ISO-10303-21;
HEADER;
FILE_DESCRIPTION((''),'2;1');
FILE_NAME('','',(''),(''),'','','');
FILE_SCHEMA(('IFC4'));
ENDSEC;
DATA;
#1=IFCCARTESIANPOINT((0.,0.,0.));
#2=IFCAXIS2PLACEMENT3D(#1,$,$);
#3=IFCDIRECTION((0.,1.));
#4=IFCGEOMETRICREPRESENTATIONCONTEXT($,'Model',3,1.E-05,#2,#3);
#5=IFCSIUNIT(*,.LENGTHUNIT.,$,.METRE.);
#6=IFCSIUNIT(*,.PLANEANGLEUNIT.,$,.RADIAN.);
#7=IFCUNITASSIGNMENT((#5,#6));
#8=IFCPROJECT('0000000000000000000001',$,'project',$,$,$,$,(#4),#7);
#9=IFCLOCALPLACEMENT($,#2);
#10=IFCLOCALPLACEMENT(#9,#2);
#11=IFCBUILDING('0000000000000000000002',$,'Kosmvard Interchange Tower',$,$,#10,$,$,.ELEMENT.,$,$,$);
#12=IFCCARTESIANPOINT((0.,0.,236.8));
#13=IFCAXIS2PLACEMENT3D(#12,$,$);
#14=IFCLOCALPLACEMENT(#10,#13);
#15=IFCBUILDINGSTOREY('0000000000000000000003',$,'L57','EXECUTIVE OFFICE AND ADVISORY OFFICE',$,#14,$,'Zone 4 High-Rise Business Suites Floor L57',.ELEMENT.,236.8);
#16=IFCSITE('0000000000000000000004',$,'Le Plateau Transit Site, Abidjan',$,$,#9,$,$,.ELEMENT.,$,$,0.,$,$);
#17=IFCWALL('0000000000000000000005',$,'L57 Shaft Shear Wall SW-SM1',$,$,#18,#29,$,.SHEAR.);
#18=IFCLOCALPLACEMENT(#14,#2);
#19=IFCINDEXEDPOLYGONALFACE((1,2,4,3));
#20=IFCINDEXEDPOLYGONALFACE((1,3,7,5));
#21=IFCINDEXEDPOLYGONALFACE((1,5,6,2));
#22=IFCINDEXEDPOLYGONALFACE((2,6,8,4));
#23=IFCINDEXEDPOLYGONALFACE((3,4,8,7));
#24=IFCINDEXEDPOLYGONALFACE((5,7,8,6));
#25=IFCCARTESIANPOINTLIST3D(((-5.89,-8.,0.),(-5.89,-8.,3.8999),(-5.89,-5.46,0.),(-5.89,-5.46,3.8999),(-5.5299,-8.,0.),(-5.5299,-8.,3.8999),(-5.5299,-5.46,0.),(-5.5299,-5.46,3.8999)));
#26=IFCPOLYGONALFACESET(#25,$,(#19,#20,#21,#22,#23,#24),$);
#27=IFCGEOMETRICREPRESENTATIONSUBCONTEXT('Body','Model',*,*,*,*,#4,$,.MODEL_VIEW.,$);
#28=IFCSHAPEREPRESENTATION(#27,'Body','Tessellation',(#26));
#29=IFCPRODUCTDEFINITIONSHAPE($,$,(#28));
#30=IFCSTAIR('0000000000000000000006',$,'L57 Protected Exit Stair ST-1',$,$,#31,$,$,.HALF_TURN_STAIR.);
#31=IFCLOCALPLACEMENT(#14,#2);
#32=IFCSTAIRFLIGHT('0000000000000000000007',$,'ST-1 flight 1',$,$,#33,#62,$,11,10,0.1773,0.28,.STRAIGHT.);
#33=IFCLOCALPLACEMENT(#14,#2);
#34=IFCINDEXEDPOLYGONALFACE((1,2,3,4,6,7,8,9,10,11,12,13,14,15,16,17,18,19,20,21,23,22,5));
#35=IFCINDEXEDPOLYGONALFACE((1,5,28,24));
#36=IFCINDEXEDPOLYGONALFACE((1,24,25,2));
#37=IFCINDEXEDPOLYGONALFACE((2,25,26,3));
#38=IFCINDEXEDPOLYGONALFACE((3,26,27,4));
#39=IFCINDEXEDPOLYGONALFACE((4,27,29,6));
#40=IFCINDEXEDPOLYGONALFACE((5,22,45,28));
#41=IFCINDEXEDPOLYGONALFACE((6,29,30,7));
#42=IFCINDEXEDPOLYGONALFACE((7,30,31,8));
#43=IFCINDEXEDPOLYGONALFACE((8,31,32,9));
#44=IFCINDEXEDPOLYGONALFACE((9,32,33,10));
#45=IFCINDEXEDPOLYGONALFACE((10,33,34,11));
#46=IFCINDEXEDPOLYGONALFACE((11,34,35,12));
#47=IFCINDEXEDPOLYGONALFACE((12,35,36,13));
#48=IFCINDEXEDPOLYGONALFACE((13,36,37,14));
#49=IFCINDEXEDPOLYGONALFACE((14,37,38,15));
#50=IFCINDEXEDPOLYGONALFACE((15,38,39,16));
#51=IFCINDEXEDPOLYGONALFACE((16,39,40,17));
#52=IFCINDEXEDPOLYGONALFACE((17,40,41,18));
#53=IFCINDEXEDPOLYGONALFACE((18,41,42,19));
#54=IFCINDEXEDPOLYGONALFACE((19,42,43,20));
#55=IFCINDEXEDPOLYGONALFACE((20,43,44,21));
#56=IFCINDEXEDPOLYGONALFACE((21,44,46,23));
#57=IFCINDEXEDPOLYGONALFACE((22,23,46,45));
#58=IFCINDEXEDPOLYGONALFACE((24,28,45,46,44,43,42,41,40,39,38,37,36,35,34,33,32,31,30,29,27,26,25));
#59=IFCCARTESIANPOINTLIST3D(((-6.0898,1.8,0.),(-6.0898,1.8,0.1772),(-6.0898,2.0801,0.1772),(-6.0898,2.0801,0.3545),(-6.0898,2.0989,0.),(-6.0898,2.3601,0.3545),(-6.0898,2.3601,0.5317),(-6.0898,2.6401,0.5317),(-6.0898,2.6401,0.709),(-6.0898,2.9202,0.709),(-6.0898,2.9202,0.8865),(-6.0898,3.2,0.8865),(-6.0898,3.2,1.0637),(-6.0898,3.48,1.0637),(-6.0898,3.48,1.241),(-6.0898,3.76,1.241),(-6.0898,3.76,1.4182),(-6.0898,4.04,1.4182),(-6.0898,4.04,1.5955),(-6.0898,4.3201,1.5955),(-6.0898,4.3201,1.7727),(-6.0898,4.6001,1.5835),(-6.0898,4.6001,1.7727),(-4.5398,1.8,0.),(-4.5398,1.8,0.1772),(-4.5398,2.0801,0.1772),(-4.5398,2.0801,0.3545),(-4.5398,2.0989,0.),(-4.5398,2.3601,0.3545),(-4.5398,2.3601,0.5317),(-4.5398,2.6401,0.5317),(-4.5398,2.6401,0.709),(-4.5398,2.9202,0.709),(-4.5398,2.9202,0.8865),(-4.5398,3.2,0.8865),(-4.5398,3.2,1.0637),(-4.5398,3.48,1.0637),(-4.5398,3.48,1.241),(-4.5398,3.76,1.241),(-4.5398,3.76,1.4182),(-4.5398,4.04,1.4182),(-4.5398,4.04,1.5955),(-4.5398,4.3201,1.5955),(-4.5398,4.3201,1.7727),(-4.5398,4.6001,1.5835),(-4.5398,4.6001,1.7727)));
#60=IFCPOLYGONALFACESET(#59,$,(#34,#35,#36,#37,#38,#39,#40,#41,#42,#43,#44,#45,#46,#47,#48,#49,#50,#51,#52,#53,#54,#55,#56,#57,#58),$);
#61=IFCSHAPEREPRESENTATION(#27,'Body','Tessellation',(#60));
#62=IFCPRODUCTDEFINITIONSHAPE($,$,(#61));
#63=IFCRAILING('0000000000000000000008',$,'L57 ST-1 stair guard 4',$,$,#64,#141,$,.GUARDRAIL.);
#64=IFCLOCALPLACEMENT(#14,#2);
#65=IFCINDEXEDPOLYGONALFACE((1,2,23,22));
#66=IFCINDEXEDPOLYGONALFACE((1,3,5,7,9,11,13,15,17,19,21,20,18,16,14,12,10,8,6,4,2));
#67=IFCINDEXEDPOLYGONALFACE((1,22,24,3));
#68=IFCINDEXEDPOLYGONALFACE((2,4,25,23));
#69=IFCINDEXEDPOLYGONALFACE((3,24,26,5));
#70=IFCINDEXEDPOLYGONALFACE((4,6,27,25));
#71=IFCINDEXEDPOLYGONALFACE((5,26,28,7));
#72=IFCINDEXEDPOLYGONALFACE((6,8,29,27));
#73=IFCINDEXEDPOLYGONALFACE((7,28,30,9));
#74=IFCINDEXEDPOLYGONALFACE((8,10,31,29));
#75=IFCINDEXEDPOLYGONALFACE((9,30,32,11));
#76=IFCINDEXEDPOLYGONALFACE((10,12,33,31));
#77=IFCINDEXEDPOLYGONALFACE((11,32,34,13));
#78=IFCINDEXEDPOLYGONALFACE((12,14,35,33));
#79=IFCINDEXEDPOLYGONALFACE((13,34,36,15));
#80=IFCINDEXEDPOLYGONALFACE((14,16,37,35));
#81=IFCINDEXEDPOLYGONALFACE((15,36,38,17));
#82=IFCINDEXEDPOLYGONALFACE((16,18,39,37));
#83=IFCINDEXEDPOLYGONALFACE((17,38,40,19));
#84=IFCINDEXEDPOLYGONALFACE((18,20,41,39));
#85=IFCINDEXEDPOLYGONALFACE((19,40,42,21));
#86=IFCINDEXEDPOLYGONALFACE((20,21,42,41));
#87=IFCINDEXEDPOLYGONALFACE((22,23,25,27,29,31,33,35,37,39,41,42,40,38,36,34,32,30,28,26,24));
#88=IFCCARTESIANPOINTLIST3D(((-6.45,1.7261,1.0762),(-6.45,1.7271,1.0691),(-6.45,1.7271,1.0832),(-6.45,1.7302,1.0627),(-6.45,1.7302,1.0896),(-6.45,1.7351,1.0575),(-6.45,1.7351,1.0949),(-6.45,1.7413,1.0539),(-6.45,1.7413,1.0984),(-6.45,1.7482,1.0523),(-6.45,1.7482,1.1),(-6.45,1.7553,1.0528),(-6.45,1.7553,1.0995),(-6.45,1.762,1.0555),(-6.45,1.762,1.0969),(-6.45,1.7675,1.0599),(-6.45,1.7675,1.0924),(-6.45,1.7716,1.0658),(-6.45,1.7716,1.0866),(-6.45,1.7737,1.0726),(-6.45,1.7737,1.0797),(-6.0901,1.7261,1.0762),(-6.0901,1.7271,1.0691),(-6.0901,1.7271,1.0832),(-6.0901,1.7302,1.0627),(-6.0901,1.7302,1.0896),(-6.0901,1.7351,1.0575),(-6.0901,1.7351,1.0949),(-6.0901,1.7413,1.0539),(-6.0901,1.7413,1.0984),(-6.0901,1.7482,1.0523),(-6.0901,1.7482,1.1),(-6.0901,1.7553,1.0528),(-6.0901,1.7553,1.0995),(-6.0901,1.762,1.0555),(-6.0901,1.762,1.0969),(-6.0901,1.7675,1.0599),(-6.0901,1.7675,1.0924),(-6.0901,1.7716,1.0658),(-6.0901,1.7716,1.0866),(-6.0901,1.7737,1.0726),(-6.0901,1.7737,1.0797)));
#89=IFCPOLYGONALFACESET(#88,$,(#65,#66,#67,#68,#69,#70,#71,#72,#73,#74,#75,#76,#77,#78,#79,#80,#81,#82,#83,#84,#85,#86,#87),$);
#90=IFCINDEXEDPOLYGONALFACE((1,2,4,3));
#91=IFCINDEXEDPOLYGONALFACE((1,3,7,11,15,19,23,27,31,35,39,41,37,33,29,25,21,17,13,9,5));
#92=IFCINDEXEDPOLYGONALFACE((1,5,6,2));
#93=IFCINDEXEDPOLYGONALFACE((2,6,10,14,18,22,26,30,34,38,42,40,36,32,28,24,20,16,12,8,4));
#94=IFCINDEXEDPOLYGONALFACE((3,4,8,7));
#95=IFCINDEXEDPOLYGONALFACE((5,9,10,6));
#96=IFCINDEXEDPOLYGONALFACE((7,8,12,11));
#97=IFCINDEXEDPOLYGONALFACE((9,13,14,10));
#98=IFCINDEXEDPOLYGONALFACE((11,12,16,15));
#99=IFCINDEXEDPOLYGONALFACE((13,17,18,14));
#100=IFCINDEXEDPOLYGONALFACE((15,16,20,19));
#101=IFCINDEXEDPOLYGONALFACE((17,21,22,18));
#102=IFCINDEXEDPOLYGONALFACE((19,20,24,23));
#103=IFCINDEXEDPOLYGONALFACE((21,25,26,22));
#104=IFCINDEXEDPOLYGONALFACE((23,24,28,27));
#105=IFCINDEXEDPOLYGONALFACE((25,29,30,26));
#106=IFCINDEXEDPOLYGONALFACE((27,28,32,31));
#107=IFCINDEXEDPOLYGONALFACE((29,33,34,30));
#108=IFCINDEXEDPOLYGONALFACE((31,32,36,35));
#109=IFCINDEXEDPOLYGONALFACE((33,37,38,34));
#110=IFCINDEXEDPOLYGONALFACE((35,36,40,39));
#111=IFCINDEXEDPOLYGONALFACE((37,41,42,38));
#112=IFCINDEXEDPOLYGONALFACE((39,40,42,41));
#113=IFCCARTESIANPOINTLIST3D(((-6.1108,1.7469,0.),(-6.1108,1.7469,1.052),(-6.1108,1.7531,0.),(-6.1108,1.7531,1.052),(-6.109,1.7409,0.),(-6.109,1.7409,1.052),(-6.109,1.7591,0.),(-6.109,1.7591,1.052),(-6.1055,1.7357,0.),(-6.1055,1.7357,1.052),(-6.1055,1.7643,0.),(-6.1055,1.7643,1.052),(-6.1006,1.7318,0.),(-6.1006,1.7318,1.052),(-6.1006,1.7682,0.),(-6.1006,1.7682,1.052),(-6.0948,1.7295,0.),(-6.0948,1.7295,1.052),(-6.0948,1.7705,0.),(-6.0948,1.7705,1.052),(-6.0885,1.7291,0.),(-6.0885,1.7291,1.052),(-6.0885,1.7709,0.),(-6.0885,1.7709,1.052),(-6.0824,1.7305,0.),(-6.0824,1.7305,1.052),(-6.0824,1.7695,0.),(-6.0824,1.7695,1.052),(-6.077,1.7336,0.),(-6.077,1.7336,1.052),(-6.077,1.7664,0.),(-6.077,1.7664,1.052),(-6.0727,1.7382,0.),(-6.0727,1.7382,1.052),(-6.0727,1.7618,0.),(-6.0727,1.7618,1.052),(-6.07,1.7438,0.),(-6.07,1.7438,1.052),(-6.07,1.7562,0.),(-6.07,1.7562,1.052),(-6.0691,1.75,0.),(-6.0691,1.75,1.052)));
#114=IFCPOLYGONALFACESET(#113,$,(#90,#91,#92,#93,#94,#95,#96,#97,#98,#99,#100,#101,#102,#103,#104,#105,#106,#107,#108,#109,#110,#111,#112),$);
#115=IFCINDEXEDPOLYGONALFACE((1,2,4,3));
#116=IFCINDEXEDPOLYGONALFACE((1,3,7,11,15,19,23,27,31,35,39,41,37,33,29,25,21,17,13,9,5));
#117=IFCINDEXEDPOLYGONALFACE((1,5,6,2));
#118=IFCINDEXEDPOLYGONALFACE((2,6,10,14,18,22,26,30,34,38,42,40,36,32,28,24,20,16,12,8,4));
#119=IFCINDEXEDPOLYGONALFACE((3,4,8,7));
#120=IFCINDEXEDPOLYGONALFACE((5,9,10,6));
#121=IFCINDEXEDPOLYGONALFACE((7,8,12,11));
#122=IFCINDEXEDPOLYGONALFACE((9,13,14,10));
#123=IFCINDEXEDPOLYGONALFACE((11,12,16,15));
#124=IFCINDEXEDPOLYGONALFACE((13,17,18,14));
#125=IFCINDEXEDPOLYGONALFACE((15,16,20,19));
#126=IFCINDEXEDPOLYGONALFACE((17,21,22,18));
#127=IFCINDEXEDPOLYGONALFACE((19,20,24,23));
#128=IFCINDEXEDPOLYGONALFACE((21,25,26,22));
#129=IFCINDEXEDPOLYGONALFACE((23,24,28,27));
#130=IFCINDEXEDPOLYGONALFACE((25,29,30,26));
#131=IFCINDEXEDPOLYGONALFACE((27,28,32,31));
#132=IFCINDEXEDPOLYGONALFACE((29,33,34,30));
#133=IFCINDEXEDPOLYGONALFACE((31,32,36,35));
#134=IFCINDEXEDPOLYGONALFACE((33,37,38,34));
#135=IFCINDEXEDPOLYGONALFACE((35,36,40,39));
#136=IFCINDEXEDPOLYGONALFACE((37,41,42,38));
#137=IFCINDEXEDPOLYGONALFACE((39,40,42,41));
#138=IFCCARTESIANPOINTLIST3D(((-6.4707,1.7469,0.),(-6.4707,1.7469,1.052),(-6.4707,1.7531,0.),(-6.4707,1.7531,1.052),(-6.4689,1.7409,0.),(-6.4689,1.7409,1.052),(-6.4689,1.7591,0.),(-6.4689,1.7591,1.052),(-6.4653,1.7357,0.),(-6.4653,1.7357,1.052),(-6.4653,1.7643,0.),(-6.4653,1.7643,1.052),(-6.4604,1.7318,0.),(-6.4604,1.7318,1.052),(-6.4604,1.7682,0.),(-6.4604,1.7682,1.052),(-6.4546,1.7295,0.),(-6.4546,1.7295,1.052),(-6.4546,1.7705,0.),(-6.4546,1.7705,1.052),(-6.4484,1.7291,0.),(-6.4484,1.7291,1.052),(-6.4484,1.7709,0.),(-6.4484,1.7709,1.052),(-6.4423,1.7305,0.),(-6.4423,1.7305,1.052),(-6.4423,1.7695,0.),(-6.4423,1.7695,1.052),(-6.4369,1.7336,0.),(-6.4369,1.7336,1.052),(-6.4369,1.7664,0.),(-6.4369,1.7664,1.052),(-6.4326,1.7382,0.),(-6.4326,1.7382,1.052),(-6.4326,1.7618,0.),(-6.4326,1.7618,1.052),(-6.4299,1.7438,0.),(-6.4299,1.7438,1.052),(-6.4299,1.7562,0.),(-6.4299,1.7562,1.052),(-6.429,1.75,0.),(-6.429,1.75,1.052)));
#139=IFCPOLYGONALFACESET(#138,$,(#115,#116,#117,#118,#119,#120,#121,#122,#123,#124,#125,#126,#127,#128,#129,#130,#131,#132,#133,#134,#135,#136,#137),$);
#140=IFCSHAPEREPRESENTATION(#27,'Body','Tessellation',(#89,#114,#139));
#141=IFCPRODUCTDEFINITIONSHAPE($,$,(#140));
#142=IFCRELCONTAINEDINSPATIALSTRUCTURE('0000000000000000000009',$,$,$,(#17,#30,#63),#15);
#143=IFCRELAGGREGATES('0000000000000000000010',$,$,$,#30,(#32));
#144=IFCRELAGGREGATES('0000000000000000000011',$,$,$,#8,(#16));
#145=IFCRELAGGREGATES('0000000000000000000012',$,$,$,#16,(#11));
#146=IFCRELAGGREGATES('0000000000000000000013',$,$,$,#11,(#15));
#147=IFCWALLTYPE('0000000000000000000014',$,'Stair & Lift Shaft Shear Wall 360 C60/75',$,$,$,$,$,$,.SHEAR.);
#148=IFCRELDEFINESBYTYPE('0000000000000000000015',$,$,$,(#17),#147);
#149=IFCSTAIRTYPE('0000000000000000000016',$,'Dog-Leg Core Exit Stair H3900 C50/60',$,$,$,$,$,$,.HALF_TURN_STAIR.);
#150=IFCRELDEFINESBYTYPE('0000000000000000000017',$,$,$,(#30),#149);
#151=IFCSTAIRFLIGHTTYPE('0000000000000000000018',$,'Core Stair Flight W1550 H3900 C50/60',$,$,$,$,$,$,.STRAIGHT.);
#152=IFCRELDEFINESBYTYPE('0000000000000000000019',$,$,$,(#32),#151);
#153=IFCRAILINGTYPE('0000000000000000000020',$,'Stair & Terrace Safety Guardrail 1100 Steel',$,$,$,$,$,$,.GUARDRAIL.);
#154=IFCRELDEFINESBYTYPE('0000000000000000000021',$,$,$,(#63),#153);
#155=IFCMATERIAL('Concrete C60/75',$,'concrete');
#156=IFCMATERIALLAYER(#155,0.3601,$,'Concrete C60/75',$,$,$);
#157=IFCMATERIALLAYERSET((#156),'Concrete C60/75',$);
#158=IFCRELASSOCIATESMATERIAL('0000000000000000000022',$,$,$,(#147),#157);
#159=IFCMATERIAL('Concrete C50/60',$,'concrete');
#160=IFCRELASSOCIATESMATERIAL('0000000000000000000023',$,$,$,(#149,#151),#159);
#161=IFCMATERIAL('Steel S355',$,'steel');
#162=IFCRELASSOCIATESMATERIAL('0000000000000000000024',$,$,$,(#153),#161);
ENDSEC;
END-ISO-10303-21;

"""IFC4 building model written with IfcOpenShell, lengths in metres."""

from ifc_helpers import new_model, si_unit, direction, frame, frame_2d, origin, origin_2d, place, context, subcontext, project, spatial, polyline, rectangle, circle, outline, extrude, source, transform, mapped, material, layer, layer_set, type_object, element, aggregate, save


model = new_model("IFC4")

# Units and contexts
model_context = context("Model", 3, precision=1e-05, world=origin(), true_north=direction((0.0, 1.0)))
body_context = subcontext(model_context, "Body", "Model", "MODEL_VIEW")
ifc_project = project(units=[si_unit("LENGTHUNIT", "METRE"), si_unit("PLANEANGLEUNIT", "RADIAN")], contexts=[model_context])

# Site, building, storey
site_placement = place(None, origin())
site = spatial("IfcSite", under=ifc_project, at=site_placement, Name="Le Plateau Transit Site, Abidjan", CompositionType="ELEMENT", RefElevation=0.0)
building_placement = place(site_placement, origin())
building = spatial("IfcBuilding", under=site, at=building_placement, Name="Kosmvard Interchange Tower", CompositionType="ELEMENT")
storey_placement = place(building_placement, frame((0.0, 0.0, 236.8)))
storey = spatial("IfcBuildingStorey", under=building, at=storey_placement, Name="L57", Description="EXECUTIVE OFFICE AND ADVISORY OFFICE", LongName="Zone 4 High-Rise Business Suites Floor L57", CompositionType="ELEMENT", Elevation=236.8)

# Shared definitions
ifc_material_1 = material(Name="Concrete C60/75", Category="concrete")

# Shared definitions
ifc_material_2 = material(Name="Concrete C50/60", Category="concrete")

# Shared definitions
ifc_layer_1 = layer(ifc_material_1, 0.3601, Name="Concrete C60/75")
ifc_layer_set_1 = layer_set([ifc_layer_1], Name="Concrete C60/75")
wall_type_1 = type_object("IfcWallType", Name="Stair & Lift Shaft Shear Wall 360 C60/75", PredefinedType="SHEAR", material=ifc_layer_set_1)

# Wall
wall_1_placement = place(storey_placement, frame((-5.71, -8.0, 0.0), z_axis=(0.0, 0.0, 1.0), x_axis=(0.0, 1.0, 0.0)))
element("IfcWall", 1, at=wall_1_placement, inside=storey, type_object=wall_type_1, Name="L57 Shaft Shear Wall SW-SM1", PredefinedType="SHEAR", context=body_context, shape_type="SweptSolid", body=[
    extrude(rectangle(XDim=2.54, YDim=0.3601, at=frame_2d((1.27, 0.0))), origin(), (0.0, 0.0, 1.0), 3.8999),
])

# Stair, stair flight
stair_type = type_object("IfcStairType", Name="Dog-Leg Core Exit Stair H3900 C50/60", PredefinedType="HALF_TURN_STAIR", material=ifc_material_2)
stair_placement = place(storey_placement, origin())
stair = element("IfcStair", 2, at=stair_placement, inside=storey, type_object=stair_type, Name="L57 Protected Exit Stair ST-1", PredefinedType="HALF_TURN_STAIR")
stair_flight_type = type_object("IfcStairFlightType", Name="Core Stair Flight W1550 H3900 C50/60", PredefinedType="STRAIGHT", material=ifc_material_2)
shared_shape_1 = source(origin(), body_context, "Body", "SweptSolid", [
    extrude(outline(polyline([(0.0, 0.0), (0.0, 0.1772), (0.28, 0.1772), (0.28, 0.3545), (0.5601, 0.3545), (0.5601, 0.5317), (0.8401, 0.5317), (0.8401, 0.709), (1.1201, 0.709), (1.1201, 0.8865), (1.3999, 0.8865), (1.3999, 1.0637), (1.6799, 1.0637), (1.6799, 1.241), (1.96, 1.241), (1.96, 1.4182), (2.24, 1.4182), (2.24, 1.5955), (2.52, 1.5955), (2.52, 1.7727), (2.8, 1.7727), (2.8, 1.95), (2.8, 1.5835), (0.2988, 0.0), (0.0, 0.0)])), frame((0.0, 0.7749, 0.0), z_axis=(0.0, -1.0, 0.0), x_axis=(1.0, 0.0, 0.0)), (0.0, 0.0, 1.0), 1.55),
])
stair_flight_placement = place(storey_placement, frame((-5.3149, 1.8, 0.0), z_axis=(0.0, 0.0, 1.0), x_axis=(0.0, 1.0, 0.0)))
stair_flight = element("IfcStairFlight", 3, at=stair_flight_placement, type_object=stair_flight_type, Name="ST-1 flight 1", NumberOfRisers=11, NumberOfTreads=10, PredefinedType="STRAIGHT", RiserHeight=0.1773, TreadLength=0.28, context=body_context, shape_type="MappedRepresentation", body=[
    mapped(shared_shape_1, transform((0.0, 0.0, 0.0), scale=1.0)),
])
aggregate(stair, [stair_flight])

# Railing
ifc_material_3 = material(Name="Steel S355", Category="steel")
railing_type = type_object("IfcRailingType", Name="Stair & Terrace Safety Guardrail 1100 Steel", PredefinedType="GUARDRAIL", material=ifc_material_3)
shared_shape_2 = source(origin(), body_context, "Body", "SweptSolid", [
    extrude(circle(Radius=0.0239, at=origin_2d()), frame((0.0, 0.0, 1.0762), z_axis=(-1.0, 0.0, 0.0), x_axis=(0.0, -1.0, 0.0)), (0.0, 0.0, 1.0), 0.3599),
    extrude(circle(Radius=0.021, at=origin_2d()), origin(), (0.0, 0.0, 1.0), 1.052),
    extrude(circle(Radius=0.021, at=origin_2d()), frame((-0.3599, 0.0, 0.0)), (0.0, 0.0, 1.0), 1.052),
])
railing_1_placement = place(storey_placement, frame((-6.0901, 1.75, 0.0)))
element("IfcRailing", 4, at=railing_1_placement, inside=storey, type_object=railing_type, Name="L57 ST-1 stair guard 4", PredefinedType="GUARDRAIL", context=body_context, shape_type="MappedRepresentation", body=[
    mapped(shared_shape_2, transform((0.0, 0.0, 0.0), scale=1.0)),
])

save(model, "model.ifc")
